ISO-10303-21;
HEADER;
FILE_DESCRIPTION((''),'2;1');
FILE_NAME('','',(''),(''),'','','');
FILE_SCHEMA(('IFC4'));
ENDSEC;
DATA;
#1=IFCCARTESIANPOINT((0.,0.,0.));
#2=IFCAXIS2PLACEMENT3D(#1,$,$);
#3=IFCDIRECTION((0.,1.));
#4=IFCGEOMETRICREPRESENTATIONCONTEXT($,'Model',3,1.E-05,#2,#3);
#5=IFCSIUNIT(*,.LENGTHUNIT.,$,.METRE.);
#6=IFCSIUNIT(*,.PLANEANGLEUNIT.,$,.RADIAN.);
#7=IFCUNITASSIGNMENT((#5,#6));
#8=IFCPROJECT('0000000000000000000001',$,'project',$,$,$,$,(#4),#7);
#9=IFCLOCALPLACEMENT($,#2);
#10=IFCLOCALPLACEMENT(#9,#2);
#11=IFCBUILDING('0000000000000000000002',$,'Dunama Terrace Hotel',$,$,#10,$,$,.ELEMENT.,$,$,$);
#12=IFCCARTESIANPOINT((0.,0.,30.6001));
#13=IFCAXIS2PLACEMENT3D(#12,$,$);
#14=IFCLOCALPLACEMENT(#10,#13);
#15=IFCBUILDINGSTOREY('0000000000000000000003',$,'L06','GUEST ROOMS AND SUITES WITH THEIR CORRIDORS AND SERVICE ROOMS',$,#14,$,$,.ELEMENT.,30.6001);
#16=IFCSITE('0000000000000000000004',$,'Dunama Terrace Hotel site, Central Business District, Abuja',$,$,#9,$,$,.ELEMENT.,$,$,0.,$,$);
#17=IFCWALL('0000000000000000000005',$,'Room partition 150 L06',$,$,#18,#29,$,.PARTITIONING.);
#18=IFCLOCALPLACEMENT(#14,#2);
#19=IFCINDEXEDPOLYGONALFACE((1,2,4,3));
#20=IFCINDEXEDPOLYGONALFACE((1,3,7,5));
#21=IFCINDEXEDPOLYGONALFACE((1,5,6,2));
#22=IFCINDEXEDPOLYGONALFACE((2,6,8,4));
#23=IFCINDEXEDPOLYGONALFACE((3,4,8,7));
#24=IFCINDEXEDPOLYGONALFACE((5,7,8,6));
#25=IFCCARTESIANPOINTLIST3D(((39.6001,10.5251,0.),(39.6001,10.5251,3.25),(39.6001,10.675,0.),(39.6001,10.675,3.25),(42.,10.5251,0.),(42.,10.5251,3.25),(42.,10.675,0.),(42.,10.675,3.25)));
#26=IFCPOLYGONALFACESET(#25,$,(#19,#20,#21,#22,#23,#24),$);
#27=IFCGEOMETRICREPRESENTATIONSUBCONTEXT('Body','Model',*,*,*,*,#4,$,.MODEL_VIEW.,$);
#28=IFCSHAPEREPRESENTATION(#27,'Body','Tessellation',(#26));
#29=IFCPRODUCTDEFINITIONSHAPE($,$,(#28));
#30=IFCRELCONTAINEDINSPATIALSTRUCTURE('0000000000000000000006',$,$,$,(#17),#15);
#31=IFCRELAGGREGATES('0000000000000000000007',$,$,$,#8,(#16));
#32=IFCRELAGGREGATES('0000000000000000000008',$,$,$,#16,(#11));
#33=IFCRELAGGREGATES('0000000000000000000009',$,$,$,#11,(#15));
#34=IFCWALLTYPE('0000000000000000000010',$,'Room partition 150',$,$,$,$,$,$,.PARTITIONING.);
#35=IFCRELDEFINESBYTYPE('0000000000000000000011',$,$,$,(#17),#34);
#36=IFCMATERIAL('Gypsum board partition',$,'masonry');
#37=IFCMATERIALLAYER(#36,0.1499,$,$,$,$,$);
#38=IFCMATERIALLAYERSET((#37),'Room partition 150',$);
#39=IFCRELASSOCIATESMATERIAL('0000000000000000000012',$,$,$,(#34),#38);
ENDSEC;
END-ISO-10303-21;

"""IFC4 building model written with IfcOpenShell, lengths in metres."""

from ifc_helpers import new_model, si_unit, direction, frame, frame_2d, origin, place, context, subcontext, project, spatial, rectangle, extrude, material, layer, layer_set, type_object, element, save


model = new_model("IFC4")

# Units and contexts
model_context = context("Model", 3, precision=1e-05, world=origin(), true_north=direction((0.0, 1.0)))
body_context = subcontext(model_context, "Body", "Model", "MODEL_VIEW")
ifc_project = project(units=[si_unit("LENGTHUNIT", "METRE"), si_unit("PLANEANGLEUNIT", "RADIAN")], contexts=[model_context])

# Site, building, storey
site_placement = place(None, origin())
site = spatial("IfcSite", under=ifc_project, at=site_placement, Name="Dunama Terrace Hotel site, Central Business District, Abuja", CompositionType="ELEMENT", RefElevation=0.0)
building_placement = place(site_placement, origin())
building = spatial("IfcBuilding", under=site, at=building_placement, Name="Dunama Terrace Hotel", CompositionType="ELEMENT")
storey_placement = place(building_placement, frame((0.0, 0.0, 30.6001)))
storey = spatial("IfcBuildingStorey", under=building, at=storey_placement, Name="L06", Description="GUEST ROOMS AND SUITES WITH THEIR CORRIDORS AND SERVICE ROOMS", CompositionType="ELEMENT", Elevation=30.6001)

# Shared definitions
ifc_material_1 = material(Name="Gypsum board partition", Category="masonry")
ifc_layer_1 = layer(ifc_material_1, 0.1499)
ifc_layer_set_1 = layer_set([ifc_layer_1], Name="Room partition 150")
wall_type_1 = type_object("IfcWallType", Name="Room partition 150", PredefinedType="PARTITIONING", material=ifc_layer_set_1)

# Wall
wall_1_placement = place(storey_placement, frame((39.6001, 10.6001, 0.0), z_axis=(0.0, 0.0, 1.0), x_axis=(1.0, 0.0, 0.0)))
element("IfcWall", 1, at=wall_1_placement, inside=storey, type_object=wall_type_1, Name="Room partition 150 L06", PredefinedType="PARTITIONING", context=body_context, shape_type="SweptSolid", body=[
    extrude(rectangle(XDim=2.3999, YDim=0.1499, at=frame_2d((1.2, 0.0))), origin(), (0.0, 0.0, 1.0), 3.25),
])

save(model, "model.ifc")
